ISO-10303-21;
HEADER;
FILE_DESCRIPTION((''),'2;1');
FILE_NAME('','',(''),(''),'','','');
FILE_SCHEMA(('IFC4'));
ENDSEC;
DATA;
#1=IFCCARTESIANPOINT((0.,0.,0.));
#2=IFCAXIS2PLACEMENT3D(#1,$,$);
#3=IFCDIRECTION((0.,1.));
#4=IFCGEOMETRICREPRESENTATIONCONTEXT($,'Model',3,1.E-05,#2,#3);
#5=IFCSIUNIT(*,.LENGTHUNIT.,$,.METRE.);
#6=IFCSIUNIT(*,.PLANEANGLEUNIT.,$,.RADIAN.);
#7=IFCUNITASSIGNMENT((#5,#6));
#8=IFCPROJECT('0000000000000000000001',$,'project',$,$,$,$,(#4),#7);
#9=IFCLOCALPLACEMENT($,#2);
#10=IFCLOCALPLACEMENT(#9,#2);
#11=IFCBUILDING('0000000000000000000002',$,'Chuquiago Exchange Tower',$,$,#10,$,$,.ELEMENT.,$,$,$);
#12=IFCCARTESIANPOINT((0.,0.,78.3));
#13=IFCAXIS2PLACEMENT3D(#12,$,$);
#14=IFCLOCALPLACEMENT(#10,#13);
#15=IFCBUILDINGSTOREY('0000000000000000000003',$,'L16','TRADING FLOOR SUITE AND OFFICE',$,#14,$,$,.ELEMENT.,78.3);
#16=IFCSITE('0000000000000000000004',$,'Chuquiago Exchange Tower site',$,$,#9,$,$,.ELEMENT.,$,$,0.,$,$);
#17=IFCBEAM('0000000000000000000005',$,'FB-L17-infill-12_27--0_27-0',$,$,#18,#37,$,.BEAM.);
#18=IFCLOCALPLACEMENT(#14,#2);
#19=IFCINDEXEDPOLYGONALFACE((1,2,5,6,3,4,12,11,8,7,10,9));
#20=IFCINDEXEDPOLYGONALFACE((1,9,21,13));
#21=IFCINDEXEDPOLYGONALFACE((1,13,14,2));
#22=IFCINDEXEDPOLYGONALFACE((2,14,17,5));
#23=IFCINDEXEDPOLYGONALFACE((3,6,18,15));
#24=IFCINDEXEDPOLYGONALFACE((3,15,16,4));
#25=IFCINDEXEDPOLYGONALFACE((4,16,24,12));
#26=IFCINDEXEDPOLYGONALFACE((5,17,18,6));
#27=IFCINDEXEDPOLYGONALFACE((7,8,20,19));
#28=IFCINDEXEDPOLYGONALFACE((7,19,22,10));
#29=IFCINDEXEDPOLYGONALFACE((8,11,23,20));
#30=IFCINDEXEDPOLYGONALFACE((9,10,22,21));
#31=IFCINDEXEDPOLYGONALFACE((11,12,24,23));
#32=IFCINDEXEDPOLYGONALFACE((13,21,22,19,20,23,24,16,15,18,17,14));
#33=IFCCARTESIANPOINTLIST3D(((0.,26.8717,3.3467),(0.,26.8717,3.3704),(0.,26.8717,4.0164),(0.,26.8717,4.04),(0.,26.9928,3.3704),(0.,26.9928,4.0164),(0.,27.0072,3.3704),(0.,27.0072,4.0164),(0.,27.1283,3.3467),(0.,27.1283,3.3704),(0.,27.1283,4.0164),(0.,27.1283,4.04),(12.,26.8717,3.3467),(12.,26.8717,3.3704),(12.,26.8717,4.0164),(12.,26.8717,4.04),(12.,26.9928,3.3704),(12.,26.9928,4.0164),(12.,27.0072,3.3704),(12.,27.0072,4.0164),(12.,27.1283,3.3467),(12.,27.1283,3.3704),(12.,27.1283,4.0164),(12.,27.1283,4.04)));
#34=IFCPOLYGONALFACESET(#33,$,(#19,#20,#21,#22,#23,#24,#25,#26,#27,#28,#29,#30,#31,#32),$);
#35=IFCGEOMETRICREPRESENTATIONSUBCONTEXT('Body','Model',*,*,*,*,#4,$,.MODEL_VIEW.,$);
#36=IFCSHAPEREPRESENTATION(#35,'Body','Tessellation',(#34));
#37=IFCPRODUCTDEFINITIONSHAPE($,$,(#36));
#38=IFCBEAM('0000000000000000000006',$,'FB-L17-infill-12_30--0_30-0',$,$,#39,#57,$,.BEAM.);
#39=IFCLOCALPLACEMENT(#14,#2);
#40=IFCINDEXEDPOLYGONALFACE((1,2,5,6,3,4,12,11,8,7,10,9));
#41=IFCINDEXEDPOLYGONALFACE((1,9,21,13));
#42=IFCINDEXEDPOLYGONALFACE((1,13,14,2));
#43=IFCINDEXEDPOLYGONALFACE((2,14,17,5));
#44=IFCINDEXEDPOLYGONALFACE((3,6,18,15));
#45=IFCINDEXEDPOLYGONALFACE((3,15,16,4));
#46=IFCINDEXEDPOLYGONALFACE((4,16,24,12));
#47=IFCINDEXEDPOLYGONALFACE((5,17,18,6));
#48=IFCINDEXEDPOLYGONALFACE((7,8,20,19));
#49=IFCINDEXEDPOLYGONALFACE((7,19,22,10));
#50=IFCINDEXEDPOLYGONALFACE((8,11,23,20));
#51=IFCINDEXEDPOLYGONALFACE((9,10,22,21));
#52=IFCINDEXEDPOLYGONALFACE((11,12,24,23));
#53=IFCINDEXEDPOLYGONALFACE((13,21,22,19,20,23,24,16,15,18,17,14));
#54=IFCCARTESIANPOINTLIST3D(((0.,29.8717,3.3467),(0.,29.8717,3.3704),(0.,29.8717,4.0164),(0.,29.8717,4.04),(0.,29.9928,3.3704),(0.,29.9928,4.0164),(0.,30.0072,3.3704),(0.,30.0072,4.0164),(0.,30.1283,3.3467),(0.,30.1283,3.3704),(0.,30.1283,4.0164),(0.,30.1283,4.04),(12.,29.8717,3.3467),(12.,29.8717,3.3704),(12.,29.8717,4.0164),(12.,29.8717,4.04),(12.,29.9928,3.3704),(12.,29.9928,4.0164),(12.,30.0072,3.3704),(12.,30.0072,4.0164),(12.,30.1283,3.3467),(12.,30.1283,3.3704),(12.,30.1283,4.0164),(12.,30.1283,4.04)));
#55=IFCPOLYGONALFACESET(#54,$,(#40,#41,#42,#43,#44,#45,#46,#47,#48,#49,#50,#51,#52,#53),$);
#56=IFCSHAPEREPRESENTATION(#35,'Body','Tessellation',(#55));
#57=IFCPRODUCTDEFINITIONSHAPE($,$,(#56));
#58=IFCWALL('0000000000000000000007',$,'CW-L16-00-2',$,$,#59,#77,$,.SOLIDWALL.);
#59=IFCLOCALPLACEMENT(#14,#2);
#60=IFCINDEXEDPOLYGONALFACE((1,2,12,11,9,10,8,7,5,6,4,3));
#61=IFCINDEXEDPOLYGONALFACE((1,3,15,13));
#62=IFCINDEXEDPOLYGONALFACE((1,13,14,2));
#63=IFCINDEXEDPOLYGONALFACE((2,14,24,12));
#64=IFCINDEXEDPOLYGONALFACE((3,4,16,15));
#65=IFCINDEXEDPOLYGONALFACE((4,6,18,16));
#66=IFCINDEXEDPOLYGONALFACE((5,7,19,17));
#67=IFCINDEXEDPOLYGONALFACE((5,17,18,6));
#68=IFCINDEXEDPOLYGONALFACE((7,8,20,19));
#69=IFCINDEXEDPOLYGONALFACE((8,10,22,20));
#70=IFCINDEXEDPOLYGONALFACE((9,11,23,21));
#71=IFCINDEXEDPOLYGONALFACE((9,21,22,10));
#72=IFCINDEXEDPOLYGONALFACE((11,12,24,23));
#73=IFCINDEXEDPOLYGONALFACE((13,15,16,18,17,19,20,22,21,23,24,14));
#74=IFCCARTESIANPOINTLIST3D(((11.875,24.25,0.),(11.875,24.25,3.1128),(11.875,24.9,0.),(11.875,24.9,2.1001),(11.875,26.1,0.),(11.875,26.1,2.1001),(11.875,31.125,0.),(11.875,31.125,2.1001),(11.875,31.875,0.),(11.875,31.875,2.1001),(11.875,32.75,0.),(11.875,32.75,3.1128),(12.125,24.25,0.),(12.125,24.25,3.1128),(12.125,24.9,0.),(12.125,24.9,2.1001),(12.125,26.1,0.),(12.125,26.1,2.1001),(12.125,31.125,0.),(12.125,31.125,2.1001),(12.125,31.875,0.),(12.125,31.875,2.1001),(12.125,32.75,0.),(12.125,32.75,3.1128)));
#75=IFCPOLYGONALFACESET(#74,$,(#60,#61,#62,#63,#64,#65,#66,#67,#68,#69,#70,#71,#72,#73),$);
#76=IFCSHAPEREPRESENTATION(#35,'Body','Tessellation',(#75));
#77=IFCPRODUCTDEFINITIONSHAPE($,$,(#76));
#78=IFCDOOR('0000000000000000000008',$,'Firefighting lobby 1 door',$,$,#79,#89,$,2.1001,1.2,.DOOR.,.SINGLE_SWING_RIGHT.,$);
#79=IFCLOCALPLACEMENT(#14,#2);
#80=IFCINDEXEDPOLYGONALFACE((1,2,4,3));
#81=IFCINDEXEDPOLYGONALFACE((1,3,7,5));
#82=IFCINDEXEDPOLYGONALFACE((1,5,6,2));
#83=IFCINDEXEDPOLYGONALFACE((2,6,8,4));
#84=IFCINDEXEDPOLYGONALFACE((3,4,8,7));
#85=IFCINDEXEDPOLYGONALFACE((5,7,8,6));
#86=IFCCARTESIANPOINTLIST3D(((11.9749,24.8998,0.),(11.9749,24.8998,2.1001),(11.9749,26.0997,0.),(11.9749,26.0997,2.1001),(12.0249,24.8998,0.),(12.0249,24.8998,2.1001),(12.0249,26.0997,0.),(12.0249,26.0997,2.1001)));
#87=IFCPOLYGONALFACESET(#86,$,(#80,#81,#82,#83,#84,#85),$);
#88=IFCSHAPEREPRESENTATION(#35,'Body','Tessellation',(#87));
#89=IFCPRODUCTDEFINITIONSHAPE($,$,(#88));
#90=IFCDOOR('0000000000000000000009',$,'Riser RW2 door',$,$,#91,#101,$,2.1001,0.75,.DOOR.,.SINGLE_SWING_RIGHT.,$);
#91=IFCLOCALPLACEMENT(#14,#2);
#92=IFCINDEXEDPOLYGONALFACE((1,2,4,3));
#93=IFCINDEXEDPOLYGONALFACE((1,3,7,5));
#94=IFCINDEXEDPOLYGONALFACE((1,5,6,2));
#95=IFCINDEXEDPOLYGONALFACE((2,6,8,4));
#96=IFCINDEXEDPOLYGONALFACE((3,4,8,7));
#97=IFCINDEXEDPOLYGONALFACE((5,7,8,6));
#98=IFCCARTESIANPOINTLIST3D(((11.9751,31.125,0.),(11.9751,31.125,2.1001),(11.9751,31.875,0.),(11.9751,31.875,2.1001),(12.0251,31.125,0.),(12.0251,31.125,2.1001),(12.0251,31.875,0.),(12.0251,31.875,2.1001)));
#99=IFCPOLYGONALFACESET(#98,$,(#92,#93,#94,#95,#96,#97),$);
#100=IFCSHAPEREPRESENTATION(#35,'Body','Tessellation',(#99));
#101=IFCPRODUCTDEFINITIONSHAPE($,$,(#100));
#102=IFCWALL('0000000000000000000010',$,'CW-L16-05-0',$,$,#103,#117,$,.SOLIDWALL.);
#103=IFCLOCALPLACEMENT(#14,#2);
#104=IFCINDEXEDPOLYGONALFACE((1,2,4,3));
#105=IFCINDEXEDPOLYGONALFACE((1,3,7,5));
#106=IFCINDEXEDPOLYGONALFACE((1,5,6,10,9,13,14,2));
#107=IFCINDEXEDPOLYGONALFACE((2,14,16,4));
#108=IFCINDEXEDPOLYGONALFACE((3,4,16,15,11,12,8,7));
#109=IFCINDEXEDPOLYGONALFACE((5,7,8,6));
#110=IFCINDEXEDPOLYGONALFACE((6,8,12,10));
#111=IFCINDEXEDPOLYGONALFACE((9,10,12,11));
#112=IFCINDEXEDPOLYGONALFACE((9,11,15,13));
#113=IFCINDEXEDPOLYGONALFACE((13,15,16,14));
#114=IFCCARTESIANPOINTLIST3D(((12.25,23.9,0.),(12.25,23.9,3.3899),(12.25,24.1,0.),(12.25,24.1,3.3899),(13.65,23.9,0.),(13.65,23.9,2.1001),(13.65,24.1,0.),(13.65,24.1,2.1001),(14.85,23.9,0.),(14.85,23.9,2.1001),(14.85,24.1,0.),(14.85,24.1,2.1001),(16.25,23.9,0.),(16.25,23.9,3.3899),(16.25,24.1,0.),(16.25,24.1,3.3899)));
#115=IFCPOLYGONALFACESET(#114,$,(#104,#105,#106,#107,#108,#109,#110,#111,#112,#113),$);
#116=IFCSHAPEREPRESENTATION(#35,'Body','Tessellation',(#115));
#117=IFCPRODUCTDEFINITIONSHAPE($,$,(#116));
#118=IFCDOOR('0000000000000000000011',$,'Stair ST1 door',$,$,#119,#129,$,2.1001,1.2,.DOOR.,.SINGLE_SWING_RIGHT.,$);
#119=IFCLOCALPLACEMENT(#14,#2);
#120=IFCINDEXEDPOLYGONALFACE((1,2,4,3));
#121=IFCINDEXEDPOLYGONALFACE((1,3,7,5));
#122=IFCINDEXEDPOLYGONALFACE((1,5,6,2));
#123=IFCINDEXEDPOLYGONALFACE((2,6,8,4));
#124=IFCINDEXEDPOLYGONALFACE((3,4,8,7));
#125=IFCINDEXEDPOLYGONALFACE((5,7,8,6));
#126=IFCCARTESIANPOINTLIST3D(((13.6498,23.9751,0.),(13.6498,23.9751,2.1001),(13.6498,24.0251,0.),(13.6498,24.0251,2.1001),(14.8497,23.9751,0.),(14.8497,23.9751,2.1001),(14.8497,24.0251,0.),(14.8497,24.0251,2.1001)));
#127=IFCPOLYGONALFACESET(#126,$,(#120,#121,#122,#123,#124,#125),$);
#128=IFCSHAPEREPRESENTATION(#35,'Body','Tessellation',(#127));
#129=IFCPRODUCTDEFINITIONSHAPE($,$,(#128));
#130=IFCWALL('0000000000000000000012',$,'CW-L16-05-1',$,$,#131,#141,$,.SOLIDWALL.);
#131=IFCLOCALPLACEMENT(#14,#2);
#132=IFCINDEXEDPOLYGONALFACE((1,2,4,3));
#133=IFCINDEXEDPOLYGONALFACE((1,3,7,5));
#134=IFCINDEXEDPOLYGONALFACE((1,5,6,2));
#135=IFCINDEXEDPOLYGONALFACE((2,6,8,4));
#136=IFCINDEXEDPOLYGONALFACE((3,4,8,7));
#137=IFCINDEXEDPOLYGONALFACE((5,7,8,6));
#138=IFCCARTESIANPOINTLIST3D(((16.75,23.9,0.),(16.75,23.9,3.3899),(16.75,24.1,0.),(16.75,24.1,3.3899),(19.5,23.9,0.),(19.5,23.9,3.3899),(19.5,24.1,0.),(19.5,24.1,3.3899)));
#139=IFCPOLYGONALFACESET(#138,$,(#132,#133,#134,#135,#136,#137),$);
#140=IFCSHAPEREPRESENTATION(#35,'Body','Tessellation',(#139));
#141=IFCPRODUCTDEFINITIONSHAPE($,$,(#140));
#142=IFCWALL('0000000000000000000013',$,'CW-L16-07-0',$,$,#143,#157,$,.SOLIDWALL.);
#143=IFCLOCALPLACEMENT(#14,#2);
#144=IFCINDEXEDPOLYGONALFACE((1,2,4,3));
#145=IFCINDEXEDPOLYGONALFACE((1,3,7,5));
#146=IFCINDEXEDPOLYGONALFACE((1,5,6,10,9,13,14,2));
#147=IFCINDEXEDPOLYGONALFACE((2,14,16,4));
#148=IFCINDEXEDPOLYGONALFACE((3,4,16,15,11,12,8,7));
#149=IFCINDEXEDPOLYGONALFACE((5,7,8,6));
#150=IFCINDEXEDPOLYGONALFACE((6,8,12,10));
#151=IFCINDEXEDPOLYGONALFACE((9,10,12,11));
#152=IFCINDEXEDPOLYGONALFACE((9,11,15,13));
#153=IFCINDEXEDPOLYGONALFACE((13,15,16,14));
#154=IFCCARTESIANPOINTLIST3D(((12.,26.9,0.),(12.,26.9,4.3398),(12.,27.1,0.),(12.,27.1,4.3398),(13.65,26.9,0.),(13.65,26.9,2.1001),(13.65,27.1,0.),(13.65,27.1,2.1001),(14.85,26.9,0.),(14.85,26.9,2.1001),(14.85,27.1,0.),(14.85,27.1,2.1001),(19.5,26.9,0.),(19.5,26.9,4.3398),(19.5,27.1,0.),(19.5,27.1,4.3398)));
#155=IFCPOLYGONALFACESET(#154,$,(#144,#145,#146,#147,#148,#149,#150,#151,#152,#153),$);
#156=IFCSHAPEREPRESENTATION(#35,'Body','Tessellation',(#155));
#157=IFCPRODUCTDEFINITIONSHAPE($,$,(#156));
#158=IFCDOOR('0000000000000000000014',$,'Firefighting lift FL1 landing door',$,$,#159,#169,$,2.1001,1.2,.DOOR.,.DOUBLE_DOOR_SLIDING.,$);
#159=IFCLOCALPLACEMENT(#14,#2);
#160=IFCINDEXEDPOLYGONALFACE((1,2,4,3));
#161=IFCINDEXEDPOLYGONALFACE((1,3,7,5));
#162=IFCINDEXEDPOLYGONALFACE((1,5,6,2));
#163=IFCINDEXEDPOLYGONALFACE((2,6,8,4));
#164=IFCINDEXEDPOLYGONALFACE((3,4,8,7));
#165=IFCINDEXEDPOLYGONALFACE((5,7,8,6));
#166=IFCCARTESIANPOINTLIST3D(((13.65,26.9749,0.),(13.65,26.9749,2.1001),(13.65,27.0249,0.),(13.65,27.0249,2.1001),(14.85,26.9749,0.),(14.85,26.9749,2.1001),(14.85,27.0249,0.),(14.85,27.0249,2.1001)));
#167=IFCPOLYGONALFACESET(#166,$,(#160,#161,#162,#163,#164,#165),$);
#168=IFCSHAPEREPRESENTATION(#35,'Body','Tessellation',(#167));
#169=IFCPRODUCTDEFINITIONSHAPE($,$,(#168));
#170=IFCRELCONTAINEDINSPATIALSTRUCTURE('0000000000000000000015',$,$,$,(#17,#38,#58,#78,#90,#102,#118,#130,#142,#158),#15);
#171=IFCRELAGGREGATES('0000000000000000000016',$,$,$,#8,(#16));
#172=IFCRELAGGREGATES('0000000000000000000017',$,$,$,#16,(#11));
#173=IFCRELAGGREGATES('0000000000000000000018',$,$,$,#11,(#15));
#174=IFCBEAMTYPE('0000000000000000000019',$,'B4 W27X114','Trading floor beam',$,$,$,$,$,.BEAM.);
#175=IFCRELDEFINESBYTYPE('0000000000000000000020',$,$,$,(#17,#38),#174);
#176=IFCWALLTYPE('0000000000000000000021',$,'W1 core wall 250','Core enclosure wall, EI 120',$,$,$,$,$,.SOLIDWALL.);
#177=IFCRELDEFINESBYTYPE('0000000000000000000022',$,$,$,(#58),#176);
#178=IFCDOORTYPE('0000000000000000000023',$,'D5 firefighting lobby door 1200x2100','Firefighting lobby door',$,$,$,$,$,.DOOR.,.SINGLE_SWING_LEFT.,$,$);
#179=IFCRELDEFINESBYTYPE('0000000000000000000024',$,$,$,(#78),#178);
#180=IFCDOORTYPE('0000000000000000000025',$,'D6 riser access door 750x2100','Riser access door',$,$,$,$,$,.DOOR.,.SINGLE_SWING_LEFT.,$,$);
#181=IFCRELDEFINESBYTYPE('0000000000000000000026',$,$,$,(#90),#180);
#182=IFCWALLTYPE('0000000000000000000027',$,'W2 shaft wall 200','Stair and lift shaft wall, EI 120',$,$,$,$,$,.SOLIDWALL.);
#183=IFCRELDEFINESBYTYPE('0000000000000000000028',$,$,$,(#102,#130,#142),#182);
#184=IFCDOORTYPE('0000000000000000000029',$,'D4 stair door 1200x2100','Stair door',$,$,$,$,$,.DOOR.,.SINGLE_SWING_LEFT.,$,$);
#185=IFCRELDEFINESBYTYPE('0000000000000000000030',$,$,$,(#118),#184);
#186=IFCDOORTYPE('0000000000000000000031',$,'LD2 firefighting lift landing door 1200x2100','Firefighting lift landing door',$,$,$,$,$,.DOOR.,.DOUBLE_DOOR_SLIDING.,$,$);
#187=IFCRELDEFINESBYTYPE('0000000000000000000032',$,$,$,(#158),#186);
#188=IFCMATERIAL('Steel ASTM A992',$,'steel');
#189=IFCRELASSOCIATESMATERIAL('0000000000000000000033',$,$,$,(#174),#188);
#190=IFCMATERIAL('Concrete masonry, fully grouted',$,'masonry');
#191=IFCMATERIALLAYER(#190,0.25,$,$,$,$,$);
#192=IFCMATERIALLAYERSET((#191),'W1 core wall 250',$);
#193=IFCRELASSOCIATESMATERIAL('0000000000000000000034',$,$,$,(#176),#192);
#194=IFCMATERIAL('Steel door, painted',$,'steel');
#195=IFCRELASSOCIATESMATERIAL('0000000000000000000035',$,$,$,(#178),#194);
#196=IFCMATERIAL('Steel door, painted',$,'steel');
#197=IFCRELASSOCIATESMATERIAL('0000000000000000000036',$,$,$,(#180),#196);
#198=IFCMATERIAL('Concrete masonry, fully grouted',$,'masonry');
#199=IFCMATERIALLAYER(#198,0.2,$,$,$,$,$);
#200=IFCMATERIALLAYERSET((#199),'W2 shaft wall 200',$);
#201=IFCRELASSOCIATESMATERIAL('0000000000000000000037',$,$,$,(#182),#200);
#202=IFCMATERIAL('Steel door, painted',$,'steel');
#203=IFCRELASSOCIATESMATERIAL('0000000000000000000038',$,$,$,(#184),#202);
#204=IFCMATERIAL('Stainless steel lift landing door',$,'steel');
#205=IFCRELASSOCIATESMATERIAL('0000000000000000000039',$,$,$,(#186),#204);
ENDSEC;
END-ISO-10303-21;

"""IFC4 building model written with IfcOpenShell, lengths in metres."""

from ifc_helpers import new_model, si_unit, direction, frame, frame_2d, origin, origin_2d, place, context, subcontext, project, spatial, rectangle, i_section, extrude, material, layer, layer_set, material_profile, profile_set, type_object, element, fill, save


model = new_model("IFC4")

# Units and contexts
model_context = context("Model", 3, precision=1e-05, world=origin(), true_north=direction((0.0, 1.0)))
body_context = subcontext(model_context, "Body", "Model", "MODEL_VIEW")
ifc_project = project(units=[si_unit("LENGTHUNIT", "METRE"), si_unit("PLANEANGLEUNIT", "RADIAN")], contexts=[model_context])

# Site, building, storey
site_placement = place(None, origin())
site = spatial("IfcSite", under=ifc_project, at=site_placement, Name="Chuquiago Exchange Tower site", CompositionType="ELEMENT", RefElevation=0.0)
building_placement = place(site_placement, origin())
building = spatial("IfcBuilding", under=site, at=building_placement, Name="Chuquiago Exchange Tower", CompositionType="ELEMENT")
storey_placement = place(building_placement, frame((0.0, 0.0, 78.3)))
storey = spatial("IfcBuildingStorey", under=building, at=storey_placement, Name="L16", Description="TRADING FLOOR SUITE AND OFFICE", CompositionType="ELEMENT", Elevation=78.3)

# Beams
ifc_material_1 = material(Name="Steel ASTM A992", Category="steel")
ifc_material_profile_1 = material_profile(ifc_material_1, i_section(OverallWidth=0.2566, OverallDepth=0.6934, WebThickness=0.0144, FlangeThickness=0.0237, at=origin_2d()), Name="W27X114")
ifc_profile_set_1 = profile_set([ifc_material_profile_1], Name="Steel ASTM A992")
beam_type_1 = type_object("IfcBeamType", Name="B4 W27X114", Description="Trading floor beam", PredefinedType="BEAM", material=ifc_profile_set_1)
for number, where, z_axis, x_axis, name in (
    (1, (12.0, 27.0, 3.6934), (-1.0, 0.0, 0.0), (0.0, -1.0, 0.0), "FB-L17-infill-12_27--0_27-0"),
    (2, (12.0, 30.0, 3.6934), (-1.0, 0.0, 0.0), (0.0, -1.0, 0.0), "FB-L17-infill-12_30--0_30-0"),
):
    element("IfcBeam", number, at=place(storey_placement, frame(where, z_axis=z_axis, x_axis=x_axis)), inside=storey, type_object=beam_type_1, Name=name, PredefinedType="BEAM", context=body_context, shape_type="SweptSolid", body=[
        extrude(i_section(OverallWidth=0.2566, OverallDepth=0.6934, WebThickness=0.0144, FlangeThickness=0.0237, at=origin_2d()), origin(), (0.0, 0.0, 1.0), 12.0),
    ])

# Wall, openings, doors
ifc_material_2 = material(Name="Concrete masonry, fully grouted", Category="masonry")
ifc_layer_1 = layer(ifc_material_2, 0.25)
ifc_layer_set_1 = layer_set([ifc_layer_1], Name="W1 core wall 250")
wall_type_1 = type_object("IfcWallType", Name="W1 core wall 250", Description="Core enclosure wall, EI 120", PredefinedType="SOLIDWALL", material=ifc_layer_set_1)
wall_1_placement = place(storey_placement, frame((12.0, 24.25, 0.0), z_axis=(0.0, 0.0, 1.0), x_axis=(0.0, 1.0, 0.0)))
wall_1 = element("IfcWall", 3, at=wall_1_placement, inside=storey, type_object=wall_type_1, Name="CW-L16-00-2", PredefinedType="SOLIDWALL", context=body_context, shape_type="SweptSolid", body=[
    extrude(rectangle(XDim=8.5, YDim=0.25, at=frame_2d((4.25, 0.0))), origin(), (0.0, 0.0, 1.0), 3.1128),
])
opening_1_placement = place(wall_1_placement, frame((0.6499, 0.0, 0.0)))
opening_1 = element("IfcOpeningElement", 4, at=opening_1_placement, cuts=wall_1, PredefinedType="OPENING", context=body_context, shape_type="SweptSolid", body=[
    extrude(rectangle(XDim=1.2, YDim=2.1001, at=frame_2d((0.6001, 1.05))), frame((0.0, 0.135, 0.0), z_axis=(0.0, -1.0, 0.0), x_axis=(1.0, 0.0, 0.0)), (0.0, 0.0, 1.0), 0.27),
])
opening_2_placement = place(wall_1_placement, frame((6.875, 0.0, 0.0)))
opening_2 = element("IfcOpeningElement", 5, at=opening_2_placement, cuts=wall_1, PredefinedType="OPENING", context=body_context, shape_type="SweptSolid", body=[
    extrude(rectangle(XDim=0.75, YDim=2.1001, at=frame_2d((0.375, 1.05))), frame((0.0, 0.135, 0.0), z_axis=(0.0, -1.0, 0.0), x_axis=(1.0, 0.0, 0.0)), (0.0, 0.0, 1.0), 0.27),
])
ifc_material_3 = material(Name="Steel door, painted", Category="steel")
door_type_1 = type_object("IfcDoorType", Name="D5 firefighting lobby door 1200x2100", Description="Firefighting lobby door", OperationType="SINGLE_SWING_LEFT", PredefinedType="DOOR", material=ifc_material_3)
door_1_placement = place(opening_1_placement, frame((1.2, 0.0, 0.0), z_axis=(0.0, 0.0, 1.0), x_axis=(-1.0, 0.0, 0.0)))
door_1 = element("IfcDoor", 6, at=door_1_placement, inside=storey, type_object=door_type_1, Name="Firefighting lobby 1 door", OperationType="SINGLE_SWING_RIGHT", OverallHeight=2.1001, OverallWidth=1.2, PredefinedType="DOOR", context=body_context, shape_type="SweptSolid", body=[
    extrude(rectangle(XDim=1.2, YDim=2.1001, at=frame_2d((0.6001, 1.05))), frame((0.0, 0.0249, 0.0), z_axis=(0.0, -1.0, 0.0), x_axis=(1.0, 0.0, 0.0)), (0.0, 0.0, 1.0), 0.05),
])
fill(opening_1, door_1)
ifc_material_4 = material(Name="Steel door, painted", Category="steel")
door_type_2 = type_object("IfcDoorType", Name="D6 riser access door 750x2100", Description="Riser access door", OperationType="SINGLE_SWING_LEFT", PredefinedType="DOOR", material=ifc_material_4)
door_2_placement = place(opening_2_placement, origin())
door_2 = element("IfcDoor", 7, at=door_2_placement, inside=storey, type_object=door_type_2, Name="Riser RW2 door", OperationType="SINGLE_SWING_RIGHT", OverallHeight=2.1001, OverallWidth=0.75, PredefinedType="DOOR", context=body_context, shape_type="SweptSolid", body=[
    extrude(rectangle(XDim=0.75, YDim=2.1001, at=frame_2d((0.375, 1.05))), frame((0.0, 0.0249, 0.0), z_axis=(0.0, -1.0, 0.0), x_axis=(1.0, 0.0, 0.0)), (0.0, 0.0, 1.0), 0.05),
])
fill(opening_2, door_2)

# Wall, opening, door
ifc_material_5 = material(Name="Concrete masonry, fully grouted", Category="masonry")
ifc_layer_2 = layer(ifc_material_5, 0.2)
ifc_layer_set_2 = layer_set([ifc_layer_2], Name="W2 shaft wall 200")
wall_type_2 = type_object("IfcWallType", Name="W2 shaft wall 200", Description="Stair and lift shaft wall, EI 120", PredefinedType="SOLIDWALL", material=ifc_layer_set_2)
wall_2_placement = place(storey_placement, frame((12.25, 24.0, 0.0), z_axis=(0.0, 0.0, 1.0), x_axis=(1.0, 0.0, 0.0)))
wall_2 = element("IfcWall", 8, at=wall_2_placement, inside=storey, type_object=wall_type_2, Name="CW-L16-05-0", PredefinedType="SOLIDWALL", context=body_context, shape_type="SweptSolid", body=[
    extrude(rectangle(XDim=4.0, YDim=0.2, at=frame_2d((2.0, 0.0))), origin(), (0.0, 0.0, 1.0), 3.3899),
])
opening_3_placement = place(wall_2_placement, frame((1.3999, 0.0, 0.0)))
opening_3 = element("IfcOpeningElement", 9, at=opening_3_placement, cuts=wall_2, PredefinedType="OPENING", context=body_context, shape_type="SweptSolid", body=[
    extrude(rectangle(XDim=1.2, YDim=2.1001, at=frame_2d((0.6001, 1.05))), frame((0.0, 0.1099, 0.0), z_axis=(0.0, -1.0, 0.0), x_axis=(1.0, 0.0, 0.0)), (0.0, 0.0, 1.0), 0.22),
])
ifc_material_6 = material(Name="Steel door, painted", Category="steel")
door_type_3 = type_object("IfcDoorType", Name="D4 stair door 1200x2100", Description="Stair door", OperationType="SINGLE_SWING_LEFT", PredefinedType="DOOR", material=ifc_material_6)
door_3_placement = place(opening_3_placement, frame((1.2, 0.0, 0.0), z_axis=(0.0, 0.0, 1.0), x_axis=(-1.0, 0.0, 0.0)))
door_3 = element("IfcDoor", 10, at=door_3_placement, inside=storey, type_object=door_type_3, Name="Stair ST1 door", OperationType="SINGLE_SWING_RIGHT", OverallHeight=2.1001, OverallWidth=1.2, PredefinedType="DOOR", context=body_context, shape_type="SweptSolid", body=[
    extrude(rectangle(XDim=1.2, YDim=2.1001, at=frame_2d((0.6001, 1.05))), frame((0.0, 0.0249, 0.0), z_axis=(0.0, -1.0, 0.0), x_axis=(1.0, 0.0, 0.0)), (0.0, 0.0, 1.0), 0.05),
])
fill(opening_3, door_3)

# Wall
wall_3_placement = place(storey_placement, frame((16.75, 24.0, 0.0), z_axis=(0.0, 0.0, 1.0), x_axis=(1.0, 0.0, 0.0)))
element("IfcWall", 11, at=wall_3_placement, inside=storey, type_object=wall_type_2, Name="CW-L16-05-1", PredefinedType="SOLIDWALL", context=body_context, shape_type="SweptSolid", body=[
    extrude(rectangle(XDim=2.75, YDim=0.2, at=frame_2d((1.375, 0.0))), origin(), (0.0, 0.0, 1.0), 3.3899),
])

# Wall, opening, door
wall_4_placement = place(storey_placement, frame((12.0, 27.0, 0.0), z_axis=(0.0, 0.0, 1.0), x_axis=(1.0, 0.0, 0.0)))
wall_4 = element("IfcWall", 12, at=wall_4_placement, inside=storey, type_object=wall_type_2, Name="CW-L16-07-0", PredefinedType="SOLIDWALL", context=body_context, shape_type="SweptSolid", body=[
    extrude(rectangle(XDim=7.5, YDim=0.2, at=frame_2d((3.75, 0.0))), origin(), (0.0, 0.0, 1.0), 4.3398),
])
opening_4_placement = place(wall_4_placement, frame((1.6499, 0.0, 0.0)))
opening_4 = element("IfcOpeningElement", 13, at=opening_4_placement, cuts=wall_4, PredefinedType="OPENING", context=body_context, shape_type="SweptSolid", body=[
    extrude(rectangle(XDim=1.2, YDim=2.1001, at=frame_2d((0.6001, 1.05))), frame((0.0, 0.1099, 0.0), z_axis=(0.0, -1.0, 0.0), x_axis=(1.0, 0.0, 0.0)), (0.0, 0.0, 1.0), 0.22),
])
ifc_material_7 = material(Name="Stainless steel lift landing door", Category="steel")
door_type_4 = type_object("IfcDoorType", Name="LD2 firefighting lift landing door 1200x2100", Description="Firefighting lift landing door", OperationType="DOUBLE_DOOR_SLIDING", PredefinedType="DOOR", material=ifc_material_7)
door_4_placement = place(opening_4_placement, origin())
door_4 = element("IfcDoor", 14, at=door_4_placement, inside=storey, type_object=door_type_4, Name="Firefighting lift FL1 landing door", OperationType="DOUBLE_DOOR_SLIDING", OverallHeight=2.1001, OverallWidth=1.2, PredefinedType="DOOR", context=body_context, shape_type="SweptSolid", body=[
    extrude(rectangle(XDim=1.2, YDim=2.1001, at=frame_2d((0.6001, 1.05))), frame((0.0, 0.0249, 0.0), z_axis=(0.0, -1.0, 0.0), x_axis=(1.0, 0.0, 0.0)), (0.0, 0.0, 1.0), 0.05),
])
fill(opening_4, door_4)

save(model, "model.ifc")
